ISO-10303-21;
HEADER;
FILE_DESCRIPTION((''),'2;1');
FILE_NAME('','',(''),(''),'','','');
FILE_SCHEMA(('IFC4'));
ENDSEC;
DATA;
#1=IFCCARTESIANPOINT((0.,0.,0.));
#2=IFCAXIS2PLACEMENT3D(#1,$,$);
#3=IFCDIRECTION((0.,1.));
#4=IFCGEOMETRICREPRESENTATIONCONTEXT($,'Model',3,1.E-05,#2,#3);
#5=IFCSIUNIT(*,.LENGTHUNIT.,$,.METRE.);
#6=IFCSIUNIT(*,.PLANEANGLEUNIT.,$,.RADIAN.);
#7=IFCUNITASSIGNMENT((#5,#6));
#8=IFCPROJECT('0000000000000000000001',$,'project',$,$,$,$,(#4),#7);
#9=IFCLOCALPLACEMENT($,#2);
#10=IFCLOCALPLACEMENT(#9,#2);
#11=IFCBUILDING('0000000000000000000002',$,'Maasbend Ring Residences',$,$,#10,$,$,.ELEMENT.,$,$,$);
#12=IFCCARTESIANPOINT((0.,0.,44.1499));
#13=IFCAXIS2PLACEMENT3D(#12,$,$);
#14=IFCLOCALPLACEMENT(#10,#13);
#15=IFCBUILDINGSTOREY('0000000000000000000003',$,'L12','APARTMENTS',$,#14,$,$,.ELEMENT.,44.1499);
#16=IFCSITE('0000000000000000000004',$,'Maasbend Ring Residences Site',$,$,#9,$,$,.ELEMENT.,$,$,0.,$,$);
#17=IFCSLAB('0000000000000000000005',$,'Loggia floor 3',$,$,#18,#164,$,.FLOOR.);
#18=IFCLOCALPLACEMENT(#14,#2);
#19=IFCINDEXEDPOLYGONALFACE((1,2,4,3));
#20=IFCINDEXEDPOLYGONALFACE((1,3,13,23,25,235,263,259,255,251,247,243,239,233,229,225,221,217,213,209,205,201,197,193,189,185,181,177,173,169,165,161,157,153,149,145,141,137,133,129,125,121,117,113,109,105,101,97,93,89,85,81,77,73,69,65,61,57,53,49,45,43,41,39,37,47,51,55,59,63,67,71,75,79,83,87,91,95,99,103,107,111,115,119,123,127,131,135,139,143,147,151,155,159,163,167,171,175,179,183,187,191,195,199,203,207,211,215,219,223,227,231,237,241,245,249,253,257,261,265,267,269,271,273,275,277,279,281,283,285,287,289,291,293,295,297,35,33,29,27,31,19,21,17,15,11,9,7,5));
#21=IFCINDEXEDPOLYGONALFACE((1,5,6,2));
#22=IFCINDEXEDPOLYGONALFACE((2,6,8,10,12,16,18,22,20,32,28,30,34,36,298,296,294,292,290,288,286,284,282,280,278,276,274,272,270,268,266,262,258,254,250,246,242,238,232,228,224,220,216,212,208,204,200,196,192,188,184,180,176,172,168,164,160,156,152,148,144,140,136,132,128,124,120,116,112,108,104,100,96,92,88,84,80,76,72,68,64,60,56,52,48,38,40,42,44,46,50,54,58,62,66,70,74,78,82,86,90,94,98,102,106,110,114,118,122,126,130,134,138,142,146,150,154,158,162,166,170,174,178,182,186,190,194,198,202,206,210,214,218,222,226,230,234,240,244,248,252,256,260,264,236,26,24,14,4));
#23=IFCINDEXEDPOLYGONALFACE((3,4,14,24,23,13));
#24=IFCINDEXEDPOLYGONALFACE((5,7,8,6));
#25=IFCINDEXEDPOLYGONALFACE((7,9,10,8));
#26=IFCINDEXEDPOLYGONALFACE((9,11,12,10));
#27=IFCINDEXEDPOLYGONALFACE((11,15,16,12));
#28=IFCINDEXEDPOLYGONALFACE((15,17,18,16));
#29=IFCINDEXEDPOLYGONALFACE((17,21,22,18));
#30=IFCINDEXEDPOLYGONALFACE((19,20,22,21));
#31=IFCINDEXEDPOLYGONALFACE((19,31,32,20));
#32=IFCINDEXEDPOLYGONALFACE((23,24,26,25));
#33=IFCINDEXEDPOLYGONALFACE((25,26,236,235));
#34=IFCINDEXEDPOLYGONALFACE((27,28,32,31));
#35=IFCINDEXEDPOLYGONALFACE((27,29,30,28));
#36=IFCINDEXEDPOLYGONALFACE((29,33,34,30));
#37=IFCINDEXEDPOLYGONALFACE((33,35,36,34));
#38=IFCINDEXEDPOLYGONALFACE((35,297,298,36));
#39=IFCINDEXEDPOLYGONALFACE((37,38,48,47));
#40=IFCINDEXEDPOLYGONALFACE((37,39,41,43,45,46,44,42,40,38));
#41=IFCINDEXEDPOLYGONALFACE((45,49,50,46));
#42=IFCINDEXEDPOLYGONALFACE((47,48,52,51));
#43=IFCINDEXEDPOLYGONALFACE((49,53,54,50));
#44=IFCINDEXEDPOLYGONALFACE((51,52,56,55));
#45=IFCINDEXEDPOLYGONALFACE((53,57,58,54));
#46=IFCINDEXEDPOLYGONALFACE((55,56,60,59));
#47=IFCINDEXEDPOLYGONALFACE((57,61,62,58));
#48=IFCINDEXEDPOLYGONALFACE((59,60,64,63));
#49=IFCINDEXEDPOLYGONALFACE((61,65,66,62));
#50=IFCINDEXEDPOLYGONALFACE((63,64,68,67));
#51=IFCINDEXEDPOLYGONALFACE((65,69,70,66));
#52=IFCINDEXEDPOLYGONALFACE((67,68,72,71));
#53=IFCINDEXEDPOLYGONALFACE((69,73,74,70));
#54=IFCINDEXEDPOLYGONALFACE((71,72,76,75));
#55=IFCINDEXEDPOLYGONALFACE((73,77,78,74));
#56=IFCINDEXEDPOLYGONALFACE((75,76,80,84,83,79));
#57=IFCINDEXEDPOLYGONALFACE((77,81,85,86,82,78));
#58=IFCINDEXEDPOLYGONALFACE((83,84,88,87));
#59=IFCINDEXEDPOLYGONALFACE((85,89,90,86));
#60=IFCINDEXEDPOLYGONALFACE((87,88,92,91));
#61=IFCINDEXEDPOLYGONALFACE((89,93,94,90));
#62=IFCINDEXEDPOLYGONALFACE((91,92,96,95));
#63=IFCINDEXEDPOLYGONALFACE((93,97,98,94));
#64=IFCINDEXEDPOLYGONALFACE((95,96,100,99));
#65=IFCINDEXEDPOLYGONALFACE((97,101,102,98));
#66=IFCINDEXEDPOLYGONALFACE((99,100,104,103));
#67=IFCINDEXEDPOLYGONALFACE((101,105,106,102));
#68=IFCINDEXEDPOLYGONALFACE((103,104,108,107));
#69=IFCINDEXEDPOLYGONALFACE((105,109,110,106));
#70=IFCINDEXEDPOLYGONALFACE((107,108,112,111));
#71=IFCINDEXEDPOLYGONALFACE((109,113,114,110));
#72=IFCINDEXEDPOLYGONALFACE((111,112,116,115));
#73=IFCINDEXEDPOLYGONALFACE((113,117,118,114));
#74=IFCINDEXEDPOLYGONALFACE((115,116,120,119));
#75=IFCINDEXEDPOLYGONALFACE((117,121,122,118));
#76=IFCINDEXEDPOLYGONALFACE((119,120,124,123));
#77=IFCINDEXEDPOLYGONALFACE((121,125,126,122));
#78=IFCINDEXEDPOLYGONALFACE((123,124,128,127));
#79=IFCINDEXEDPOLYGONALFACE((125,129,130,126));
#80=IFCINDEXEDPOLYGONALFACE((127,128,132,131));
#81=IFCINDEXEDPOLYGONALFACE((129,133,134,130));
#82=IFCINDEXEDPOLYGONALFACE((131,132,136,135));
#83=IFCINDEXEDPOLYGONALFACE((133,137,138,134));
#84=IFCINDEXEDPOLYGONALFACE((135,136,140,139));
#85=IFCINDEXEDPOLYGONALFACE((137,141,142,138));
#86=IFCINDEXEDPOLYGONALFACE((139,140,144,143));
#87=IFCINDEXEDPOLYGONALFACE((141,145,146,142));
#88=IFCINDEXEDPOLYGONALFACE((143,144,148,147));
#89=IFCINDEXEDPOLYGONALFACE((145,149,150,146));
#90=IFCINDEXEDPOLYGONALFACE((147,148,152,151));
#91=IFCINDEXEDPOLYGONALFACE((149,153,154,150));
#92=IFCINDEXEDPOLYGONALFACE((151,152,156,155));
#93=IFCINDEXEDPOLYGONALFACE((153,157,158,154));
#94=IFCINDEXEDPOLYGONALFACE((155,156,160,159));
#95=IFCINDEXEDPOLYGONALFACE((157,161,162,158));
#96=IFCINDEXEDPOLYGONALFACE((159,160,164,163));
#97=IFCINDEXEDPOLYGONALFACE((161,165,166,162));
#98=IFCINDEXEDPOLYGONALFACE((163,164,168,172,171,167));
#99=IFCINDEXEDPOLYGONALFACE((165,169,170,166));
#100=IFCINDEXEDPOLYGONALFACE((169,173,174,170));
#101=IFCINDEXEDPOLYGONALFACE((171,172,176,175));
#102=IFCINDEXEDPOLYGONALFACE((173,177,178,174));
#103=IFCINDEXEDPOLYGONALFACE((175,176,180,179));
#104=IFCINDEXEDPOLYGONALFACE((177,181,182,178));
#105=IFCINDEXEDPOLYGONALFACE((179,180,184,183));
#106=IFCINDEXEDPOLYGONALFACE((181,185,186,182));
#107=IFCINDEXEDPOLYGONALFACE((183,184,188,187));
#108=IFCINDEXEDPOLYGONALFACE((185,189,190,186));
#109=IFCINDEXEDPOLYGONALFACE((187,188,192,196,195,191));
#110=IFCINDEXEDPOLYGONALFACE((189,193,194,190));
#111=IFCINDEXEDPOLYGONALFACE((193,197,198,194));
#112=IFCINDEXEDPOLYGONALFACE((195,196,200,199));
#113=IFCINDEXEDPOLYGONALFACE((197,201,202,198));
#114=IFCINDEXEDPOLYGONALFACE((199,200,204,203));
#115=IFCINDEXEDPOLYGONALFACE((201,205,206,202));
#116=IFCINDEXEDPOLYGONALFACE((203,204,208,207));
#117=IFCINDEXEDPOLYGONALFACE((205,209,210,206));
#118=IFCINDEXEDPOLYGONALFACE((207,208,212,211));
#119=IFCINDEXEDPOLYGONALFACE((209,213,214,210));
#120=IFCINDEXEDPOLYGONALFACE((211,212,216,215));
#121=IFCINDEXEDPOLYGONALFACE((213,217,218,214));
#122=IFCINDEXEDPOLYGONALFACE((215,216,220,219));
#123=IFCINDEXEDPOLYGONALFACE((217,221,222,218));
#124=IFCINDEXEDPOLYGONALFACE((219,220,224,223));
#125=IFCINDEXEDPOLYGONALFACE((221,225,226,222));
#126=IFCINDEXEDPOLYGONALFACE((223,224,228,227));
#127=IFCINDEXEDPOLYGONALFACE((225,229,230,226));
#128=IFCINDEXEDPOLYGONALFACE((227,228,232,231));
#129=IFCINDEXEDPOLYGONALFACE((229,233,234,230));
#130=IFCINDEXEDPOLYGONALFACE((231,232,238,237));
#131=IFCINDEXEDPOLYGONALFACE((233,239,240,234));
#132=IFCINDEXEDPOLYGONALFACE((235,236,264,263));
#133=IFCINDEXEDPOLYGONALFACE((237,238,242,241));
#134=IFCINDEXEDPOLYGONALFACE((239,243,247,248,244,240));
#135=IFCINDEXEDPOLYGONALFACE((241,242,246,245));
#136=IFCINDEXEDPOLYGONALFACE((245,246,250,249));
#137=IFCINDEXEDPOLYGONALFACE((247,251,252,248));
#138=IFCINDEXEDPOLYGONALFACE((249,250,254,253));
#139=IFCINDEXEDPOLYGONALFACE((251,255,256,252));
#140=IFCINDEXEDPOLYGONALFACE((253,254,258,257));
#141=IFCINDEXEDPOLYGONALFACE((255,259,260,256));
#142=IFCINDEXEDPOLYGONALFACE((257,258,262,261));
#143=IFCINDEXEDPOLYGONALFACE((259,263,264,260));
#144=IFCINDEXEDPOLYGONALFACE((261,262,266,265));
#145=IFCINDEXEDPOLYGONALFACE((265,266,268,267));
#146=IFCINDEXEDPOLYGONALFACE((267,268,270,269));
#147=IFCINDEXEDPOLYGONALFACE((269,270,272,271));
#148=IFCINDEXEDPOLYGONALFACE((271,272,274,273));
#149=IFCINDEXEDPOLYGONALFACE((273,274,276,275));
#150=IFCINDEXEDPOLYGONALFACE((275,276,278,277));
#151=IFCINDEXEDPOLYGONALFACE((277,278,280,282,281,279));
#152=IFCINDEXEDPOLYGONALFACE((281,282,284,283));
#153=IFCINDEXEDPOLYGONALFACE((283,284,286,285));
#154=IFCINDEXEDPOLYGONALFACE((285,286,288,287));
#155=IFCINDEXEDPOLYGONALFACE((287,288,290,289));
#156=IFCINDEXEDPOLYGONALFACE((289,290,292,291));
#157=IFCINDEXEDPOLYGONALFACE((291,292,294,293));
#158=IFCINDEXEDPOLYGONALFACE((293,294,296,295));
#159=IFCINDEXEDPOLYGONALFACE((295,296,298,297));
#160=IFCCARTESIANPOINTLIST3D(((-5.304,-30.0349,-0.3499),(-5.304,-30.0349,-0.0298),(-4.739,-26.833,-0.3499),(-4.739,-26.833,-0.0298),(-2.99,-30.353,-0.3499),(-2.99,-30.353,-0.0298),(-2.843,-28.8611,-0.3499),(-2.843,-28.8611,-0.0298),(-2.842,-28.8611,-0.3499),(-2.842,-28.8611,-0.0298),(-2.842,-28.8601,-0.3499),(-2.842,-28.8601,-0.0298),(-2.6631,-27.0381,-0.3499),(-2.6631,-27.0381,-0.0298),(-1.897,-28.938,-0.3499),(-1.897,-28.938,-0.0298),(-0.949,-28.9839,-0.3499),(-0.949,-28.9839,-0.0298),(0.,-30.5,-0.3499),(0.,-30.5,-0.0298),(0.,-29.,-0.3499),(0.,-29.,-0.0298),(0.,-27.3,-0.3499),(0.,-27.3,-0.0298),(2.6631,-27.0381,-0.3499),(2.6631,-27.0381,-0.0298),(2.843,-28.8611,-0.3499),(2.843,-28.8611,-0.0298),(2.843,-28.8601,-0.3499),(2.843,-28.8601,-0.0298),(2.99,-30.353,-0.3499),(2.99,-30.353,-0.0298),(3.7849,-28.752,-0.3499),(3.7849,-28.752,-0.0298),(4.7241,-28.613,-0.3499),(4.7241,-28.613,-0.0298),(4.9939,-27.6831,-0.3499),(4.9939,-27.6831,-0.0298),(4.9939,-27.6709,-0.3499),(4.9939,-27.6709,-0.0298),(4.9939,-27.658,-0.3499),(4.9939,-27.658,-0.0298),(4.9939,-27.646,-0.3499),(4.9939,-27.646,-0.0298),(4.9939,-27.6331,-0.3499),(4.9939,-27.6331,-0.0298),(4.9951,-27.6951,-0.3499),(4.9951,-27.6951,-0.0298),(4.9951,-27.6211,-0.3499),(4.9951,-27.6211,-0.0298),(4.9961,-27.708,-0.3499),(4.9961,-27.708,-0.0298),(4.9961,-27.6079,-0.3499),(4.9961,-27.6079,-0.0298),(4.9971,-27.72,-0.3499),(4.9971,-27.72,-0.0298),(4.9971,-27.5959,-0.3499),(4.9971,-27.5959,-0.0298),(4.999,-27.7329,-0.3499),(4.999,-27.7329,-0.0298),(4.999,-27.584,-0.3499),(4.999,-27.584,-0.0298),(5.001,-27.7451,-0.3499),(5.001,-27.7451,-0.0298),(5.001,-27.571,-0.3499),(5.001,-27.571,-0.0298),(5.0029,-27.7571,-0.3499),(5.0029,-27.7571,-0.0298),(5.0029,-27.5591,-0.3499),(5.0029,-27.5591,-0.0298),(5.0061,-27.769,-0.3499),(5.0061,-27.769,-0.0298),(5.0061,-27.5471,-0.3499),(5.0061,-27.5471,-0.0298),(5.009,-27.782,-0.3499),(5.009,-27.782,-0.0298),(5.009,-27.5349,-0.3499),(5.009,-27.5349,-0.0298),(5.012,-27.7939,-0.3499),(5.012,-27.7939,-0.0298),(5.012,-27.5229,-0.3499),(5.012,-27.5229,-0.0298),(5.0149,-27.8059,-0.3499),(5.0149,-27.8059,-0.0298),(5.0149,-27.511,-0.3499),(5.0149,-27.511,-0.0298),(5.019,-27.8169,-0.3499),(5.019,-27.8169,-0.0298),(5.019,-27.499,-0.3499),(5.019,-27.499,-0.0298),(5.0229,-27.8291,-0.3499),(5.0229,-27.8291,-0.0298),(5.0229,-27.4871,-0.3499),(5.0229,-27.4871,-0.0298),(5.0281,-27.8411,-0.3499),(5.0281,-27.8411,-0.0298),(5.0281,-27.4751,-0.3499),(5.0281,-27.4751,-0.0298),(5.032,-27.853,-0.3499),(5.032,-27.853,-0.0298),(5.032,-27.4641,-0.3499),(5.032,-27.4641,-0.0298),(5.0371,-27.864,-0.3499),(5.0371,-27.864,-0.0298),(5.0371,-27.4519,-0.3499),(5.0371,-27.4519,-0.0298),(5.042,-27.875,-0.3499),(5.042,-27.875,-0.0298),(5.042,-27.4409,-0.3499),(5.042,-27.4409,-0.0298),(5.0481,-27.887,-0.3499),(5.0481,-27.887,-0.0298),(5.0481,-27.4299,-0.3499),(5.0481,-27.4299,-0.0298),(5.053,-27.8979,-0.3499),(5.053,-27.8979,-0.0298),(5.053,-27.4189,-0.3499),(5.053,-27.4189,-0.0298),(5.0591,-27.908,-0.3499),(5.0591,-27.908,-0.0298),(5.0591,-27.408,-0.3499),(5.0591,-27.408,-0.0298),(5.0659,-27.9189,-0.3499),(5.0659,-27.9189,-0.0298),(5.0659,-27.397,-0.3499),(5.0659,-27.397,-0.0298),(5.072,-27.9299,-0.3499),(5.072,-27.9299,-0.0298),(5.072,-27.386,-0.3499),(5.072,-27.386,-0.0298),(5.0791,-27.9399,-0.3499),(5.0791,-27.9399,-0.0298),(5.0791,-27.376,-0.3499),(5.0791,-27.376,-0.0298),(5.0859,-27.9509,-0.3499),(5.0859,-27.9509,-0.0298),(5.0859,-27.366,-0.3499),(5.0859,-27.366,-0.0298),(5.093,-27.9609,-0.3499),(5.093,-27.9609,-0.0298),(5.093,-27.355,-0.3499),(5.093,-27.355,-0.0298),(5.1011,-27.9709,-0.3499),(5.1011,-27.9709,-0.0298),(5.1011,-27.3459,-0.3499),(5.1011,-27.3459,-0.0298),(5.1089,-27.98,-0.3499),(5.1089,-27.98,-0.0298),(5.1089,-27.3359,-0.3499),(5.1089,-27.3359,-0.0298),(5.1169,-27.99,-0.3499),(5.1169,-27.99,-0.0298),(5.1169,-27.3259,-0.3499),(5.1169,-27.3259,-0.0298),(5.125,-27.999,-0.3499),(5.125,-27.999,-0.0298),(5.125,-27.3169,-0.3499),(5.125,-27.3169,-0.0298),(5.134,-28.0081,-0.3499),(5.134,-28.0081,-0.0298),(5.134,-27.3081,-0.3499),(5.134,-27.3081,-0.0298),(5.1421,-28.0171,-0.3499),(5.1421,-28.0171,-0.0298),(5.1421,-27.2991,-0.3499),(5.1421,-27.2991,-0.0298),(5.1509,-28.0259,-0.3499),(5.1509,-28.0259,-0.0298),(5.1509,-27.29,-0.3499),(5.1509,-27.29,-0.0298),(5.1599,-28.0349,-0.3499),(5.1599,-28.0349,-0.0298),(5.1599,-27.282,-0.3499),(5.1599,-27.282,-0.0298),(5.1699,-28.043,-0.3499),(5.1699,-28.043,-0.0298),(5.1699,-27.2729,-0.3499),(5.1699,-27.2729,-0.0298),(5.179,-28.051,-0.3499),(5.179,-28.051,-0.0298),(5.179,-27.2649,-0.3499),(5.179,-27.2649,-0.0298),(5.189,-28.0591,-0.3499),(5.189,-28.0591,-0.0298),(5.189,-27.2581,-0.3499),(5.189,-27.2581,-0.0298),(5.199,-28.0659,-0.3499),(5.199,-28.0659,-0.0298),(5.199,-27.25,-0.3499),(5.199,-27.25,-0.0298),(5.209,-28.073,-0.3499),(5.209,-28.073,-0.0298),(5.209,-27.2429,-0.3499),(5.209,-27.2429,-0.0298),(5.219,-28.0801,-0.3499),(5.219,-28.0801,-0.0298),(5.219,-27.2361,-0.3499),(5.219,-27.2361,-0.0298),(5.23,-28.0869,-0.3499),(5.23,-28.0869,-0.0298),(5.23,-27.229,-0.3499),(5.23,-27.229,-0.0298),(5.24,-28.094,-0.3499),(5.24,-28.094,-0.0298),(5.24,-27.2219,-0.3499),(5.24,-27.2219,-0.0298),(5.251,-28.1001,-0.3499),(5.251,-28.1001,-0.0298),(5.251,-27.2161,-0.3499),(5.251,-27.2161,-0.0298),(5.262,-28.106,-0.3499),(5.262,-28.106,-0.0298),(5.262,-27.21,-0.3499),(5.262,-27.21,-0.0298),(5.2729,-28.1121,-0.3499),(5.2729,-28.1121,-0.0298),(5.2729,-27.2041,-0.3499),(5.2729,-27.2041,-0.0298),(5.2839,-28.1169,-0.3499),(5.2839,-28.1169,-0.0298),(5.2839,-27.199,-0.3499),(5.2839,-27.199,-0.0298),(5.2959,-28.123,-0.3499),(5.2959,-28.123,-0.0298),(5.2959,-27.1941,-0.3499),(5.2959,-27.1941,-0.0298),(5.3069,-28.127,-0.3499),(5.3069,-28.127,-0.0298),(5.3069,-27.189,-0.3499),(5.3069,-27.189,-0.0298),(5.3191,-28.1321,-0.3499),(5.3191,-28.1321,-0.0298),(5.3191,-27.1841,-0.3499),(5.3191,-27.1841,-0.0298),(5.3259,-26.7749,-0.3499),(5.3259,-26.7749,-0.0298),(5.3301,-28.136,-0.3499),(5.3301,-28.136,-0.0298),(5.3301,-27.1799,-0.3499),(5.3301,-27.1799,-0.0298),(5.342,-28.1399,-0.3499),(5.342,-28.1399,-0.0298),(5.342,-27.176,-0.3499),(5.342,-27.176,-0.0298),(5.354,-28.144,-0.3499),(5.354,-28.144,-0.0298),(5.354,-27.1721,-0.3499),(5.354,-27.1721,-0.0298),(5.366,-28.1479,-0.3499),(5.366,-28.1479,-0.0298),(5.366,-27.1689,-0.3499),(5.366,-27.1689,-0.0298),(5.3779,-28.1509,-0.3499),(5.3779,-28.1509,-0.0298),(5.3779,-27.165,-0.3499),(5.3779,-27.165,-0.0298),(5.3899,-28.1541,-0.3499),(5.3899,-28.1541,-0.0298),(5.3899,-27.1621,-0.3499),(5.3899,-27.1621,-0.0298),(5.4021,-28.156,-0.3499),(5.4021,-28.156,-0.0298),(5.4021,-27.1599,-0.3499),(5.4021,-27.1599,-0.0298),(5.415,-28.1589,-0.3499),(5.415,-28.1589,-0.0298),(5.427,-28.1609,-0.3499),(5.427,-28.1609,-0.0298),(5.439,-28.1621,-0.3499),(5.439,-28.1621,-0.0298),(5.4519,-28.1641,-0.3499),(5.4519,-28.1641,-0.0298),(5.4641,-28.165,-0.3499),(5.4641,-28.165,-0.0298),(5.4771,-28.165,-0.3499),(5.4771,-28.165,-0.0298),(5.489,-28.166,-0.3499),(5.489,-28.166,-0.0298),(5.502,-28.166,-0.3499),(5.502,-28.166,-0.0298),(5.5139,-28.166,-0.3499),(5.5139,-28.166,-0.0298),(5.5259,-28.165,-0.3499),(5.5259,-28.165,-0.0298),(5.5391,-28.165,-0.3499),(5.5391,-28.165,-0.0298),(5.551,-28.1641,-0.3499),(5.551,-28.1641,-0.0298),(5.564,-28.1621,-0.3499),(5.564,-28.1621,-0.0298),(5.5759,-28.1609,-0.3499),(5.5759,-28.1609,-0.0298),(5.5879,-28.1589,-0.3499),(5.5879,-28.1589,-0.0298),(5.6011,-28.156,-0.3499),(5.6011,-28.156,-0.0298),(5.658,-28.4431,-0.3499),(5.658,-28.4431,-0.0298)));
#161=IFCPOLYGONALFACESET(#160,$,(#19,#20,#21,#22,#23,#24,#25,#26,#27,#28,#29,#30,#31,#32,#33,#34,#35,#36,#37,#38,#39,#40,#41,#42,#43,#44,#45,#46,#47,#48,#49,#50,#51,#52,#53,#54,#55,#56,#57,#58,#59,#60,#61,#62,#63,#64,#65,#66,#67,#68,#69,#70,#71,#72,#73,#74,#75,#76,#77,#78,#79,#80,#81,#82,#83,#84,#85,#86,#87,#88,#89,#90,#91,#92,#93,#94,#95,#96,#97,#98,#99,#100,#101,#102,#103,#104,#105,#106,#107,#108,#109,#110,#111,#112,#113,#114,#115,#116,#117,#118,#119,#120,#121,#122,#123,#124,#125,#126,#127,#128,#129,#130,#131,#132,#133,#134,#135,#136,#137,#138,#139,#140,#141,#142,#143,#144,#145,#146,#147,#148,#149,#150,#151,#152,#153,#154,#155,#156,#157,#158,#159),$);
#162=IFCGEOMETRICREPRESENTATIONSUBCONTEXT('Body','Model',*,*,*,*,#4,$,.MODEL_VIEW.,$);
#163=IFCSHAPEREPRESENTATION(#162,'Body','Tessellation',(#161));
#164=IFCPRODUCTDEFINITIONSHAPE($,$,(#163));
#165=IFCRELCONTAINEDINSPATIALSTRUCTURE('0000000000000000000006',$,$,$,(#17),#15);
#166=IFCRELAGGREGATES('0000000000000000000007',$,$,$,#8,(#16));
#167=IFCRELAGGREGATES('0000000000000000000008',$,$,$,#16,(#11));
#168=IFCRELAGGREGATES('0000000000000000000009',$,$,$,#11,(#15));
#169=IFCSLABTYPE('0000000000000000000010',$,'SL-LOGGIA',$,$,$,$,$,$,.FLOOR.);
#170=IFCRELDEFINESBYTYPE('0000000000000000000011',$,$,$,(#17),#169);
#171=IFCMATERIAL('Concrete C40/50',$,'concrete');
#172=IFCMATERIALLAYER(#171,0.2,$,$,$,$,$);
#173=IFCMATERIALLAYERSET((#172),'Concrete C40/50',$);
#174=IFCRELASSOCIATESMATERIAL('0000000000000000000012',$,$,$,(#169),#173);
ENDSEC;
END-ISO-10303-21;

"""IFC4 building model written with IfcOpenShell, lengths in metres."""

from ifc_helpers import new_model, si_unit, direction, frame, origin, place, context, subcontext, project, spatial, polyline, outline, extrude, material, layer, layer_set, type_object, element, save


model = new_model("IFC4")

# Units and contexts
model_context = context("Model", 3, precision=1e-05, world=origin(), true_north=direction((0.0, 1.0)))
body_context = subcontext(model_context, "Body", "Model", "MODEL_VIEW")
ifc_project = project(units=[si_unit("LENGTHUNIT", "METRE"), si_unit("PLANEANGLEUNIT", "RADIAN")], contexts=[model_context])

# Site, building, storey
site_placement = place(None, origin())
site = spatial("IfcSite", under=ifc_project, at=site_placement, Name="Maasbend Ring Residences Site", CompositionType="ELEMENT", RefElevation=0.0)
building_placement = place(site_placement, origin())
building = spatial("IfcBuilding", under=site, at=building_placement, Name="Maasbend Ring Residences", CompositionType="ELEMENT")
storey_placement = place(building_placement, frame((0.0, 0.0, 44.1499)))
storey = spatial("IfcBuildingStorey", under=building, at=storey_placement, Name="L12", Description="APARTMENTS", CompositionType="ELEMENT", Elevation=44.1499)

# Slab
ifc_material_1 = material(Name="Concrete C40/50", Category="concrete")
ifc_layer_1 = layer(ifc_material_1, 0.2)
ifc_layer_set_1 = layer_set([ifc_layer_1], Name="Concrete C40/50")
slab_type_1 = type_object("IfcSlabType", Name="SL-LOGGIA", PredefinedType="FLOOR", material=ifc_layer_set_1)
slab_1_placement = place(storey_placement, frame((0.0, 0.0, -0.3499)))
element("IfcSlab", 1, at=slab_1_placement, inside=storey, type_object=slab_type_1, Name="Loggia floor 3", PredefinedType="FLOOR", context=body_context, shape_type="SweptSolid", body=[
    extrude(outline(polyline([(-2.6631, -27.0381), (0.0, -27.3), (0.0, -27.3), (0.0, -27.3), (2.6631, -27.0381), (5.3259, -26.7749), (5.3259, -26.7749), (5.3259, -26.7749), (5.4021, -27.1599), (5.4021, -27.1599), (5.3899, -27.1621), (5.3779, -27.165), (5.366, -27.1689), (5.354, -27.1721), (5.342, -27.176), (5.3301, -27.1799), (5.3191, -27.1841), (5.3069, -27.189), (5.2959, -27.1941), (5.2839, -27.199), (5.2729, -27.2041), (5.262, -27.21), (5.251, -27.2161), (5.24, -27.2219), (5.23, -27.229), (5.219, -27.2361), (5.209, -27.2429), (5.199, -27.25), (5.189, -27.2581), (5.179, -27.2649), (5.1699, -27.2729), (5.1599, -27.282), (5.1509, -27.29), (5.1421, -27.2991), (5.134, -27.3081), (5.125, -27.3169), (5.1169, -27.3259), (5.1089, -27.3359), (5.1011, -27.3459), (5.093, -27.355), (5.0859, -27.366), (5.0791, -27.376), (5.072, -27.386), (5.0659, -27.397), (5.0591, -27.408), (5.053, -27.4189), (5.0481, -27.4299), (5.042, -27.4409), (5.0371, -27.4519), (5.032, -27.4641), (5.0281, -27.4751), (5.0229, -27.4871), (5.019, -27.499), (5.0149, -27.511), (5.012, -27.5229), (5.009, -27.5349), (5.0061, -27.5471), (5.0029, -27.5591), (5.001, -27.571), (4.999, -27.584), (4.9971, -27.5959), (4.9961, -27.6079), (4.9951, -27.6211), (4.9939, -27.6331), (4.9939, -27.646), (4.9939, -27.658), (4.9939, -27.6709), (4.9939, -27.6831), (4.9951, -27.6951), (4.9961, -27.708), (4.9971, -27.72), (4.999, -27.7329), (5.001, -27.7451), (5.0029, -27.7571), (5.0061, -27.769), (5.009, -27.782), (5.012, -27.7939), (5.0149, -27.8059), (5.019, -27.8169), (5.0229, -27.8291), (5.0281, -27.8411), (5.032, -27.853), (5.0371, -27.864), (5.042, -27.875), (5.0481, -27.887), (5.053, -27.8979), (5.0591, -27.908), (5.0659, -27.9189), (5.072, -27.9299), (5.0791, -27.9399), (5.0859, -27.9509), (5.093, -27.9609), (5.1011, -27.9709), (5.1089, -27.98), (5.1169, -27.99), (5.125, -27.999), (5.134, -28.0081), (5.1421, -28.0171), (5.1509, -28.0259), (5.1599, -28.0349), (5.1699, -28.043), (5.179, -28.051), (5.189, -28.0591), (5.199, -28.0659), (5.209, -28.073), (5.219, -28.0801), (5.23, -28.0869), (5.24, -28.094), (5.251, -28.1001), (5.262, -28.106), (5.2729, -28.1121), (5.2839, -28.1169), (5.2959, -28.123), (5.3069, -28.127), (5.3191, -28.1321), (5.3301, -28.136), (5.342, -28.1399), (5.354, -28.144), (5.366, -28.1479), (5.3779, -28.1509), (5.3899, -28.1541), (5.4021, -28.156), (5.415, -28.1589), (5.427, -28.1609), (5.439, -28.1621), (5.4519, -28.1641), (5.4641, -28.165), (5.4771, -28.165), (5.489, -28.166), (5.502, -28.166), (5.5139, -28.166), (5.5259, -28.165), (5.5391, -28.165), (5.551, -28.1641), (5.564, -28.1621), (5.5759, -28.1609), (5.5879, -28.1589), (5.6011, -28.156), (5.6011, -28.156), (5.658, -28.4431), (5.658, -28.4431), (5.658, -28.4431), (4.7241, -28.613), (4.7241, -28.613), (3.7849, -28.752), (3.7849, -28.752), (2.843, -28.8601), (2.843, -28.8601), (2.843, -28.8601), (2.843, -28.8601), (2.843, -28.8601), (2.843, -28.8601), (2.843, -28.8601), (2.843, -28.8601), (2.843, -28.8601), (2.843, -28.8611), (2.843, -28.8611), (2.843, -28.8611), (2.843, -28.8611), (2.843, -28.8611), (2.843, -28.8611), (2.843, -28.8611), (2.843, -28.8611), (2.99, -30.353), (2.99, -30.353), (2.99, -30.353), (0.0, -30.5), (0.0, -30.5), (0.0, -30.5), (0.0, -29.0), (0.0, -29.0), (0.0, -29.0), (0.0, -29.0), (0.0, -29.0), (0.0, -29.0), (0.0, -29.0), (0.0, -29.0), (0.0, -29.0), (0.0, -29.0), (0.0, -29.0), (0.0, -29.0), (0.0, -29.0), (0.0, -29.0), (0.0, -29.0), (0.0, -29.0), (0.0, -29.0), (-0.949, -28.9839), (-0.949, -28.9839), (-1.897, -28.938), (-1.897, -28.938), (-2.842, -28.8601), (-2.842, -28.8601), (-2.842, -28.8601), (-2.842, -28.8601), (-2.842, -28.8601), (-2.842, -28.8601), (-2.842, -28.8601), (-2.842, -28.8601), (-2.842, -28.8611), (-2.842, -28.8611), (-2.842, -28.8611), (-2.842, -28.8611), (-2.842, -28.8611), (-2.843, -28.8611), (-2.843, -28.8611), (-2.843, -28.8611), (-2.843, -28.8611), (-2.99, -30.353), (-2.99, -30.353), (-2.99, -30.353), (-5.304, -30.0349), (-5.304, -30.0349), (-5.304, -30.0349), (-4.739, -26.833), (-4.739, -26.833), (-4.739, -26.833), (-2.6631, -27.0381)])), origin(), (0.0, 0.0, 1.0), 0.3201),
])

save(model, "model.ifc")
